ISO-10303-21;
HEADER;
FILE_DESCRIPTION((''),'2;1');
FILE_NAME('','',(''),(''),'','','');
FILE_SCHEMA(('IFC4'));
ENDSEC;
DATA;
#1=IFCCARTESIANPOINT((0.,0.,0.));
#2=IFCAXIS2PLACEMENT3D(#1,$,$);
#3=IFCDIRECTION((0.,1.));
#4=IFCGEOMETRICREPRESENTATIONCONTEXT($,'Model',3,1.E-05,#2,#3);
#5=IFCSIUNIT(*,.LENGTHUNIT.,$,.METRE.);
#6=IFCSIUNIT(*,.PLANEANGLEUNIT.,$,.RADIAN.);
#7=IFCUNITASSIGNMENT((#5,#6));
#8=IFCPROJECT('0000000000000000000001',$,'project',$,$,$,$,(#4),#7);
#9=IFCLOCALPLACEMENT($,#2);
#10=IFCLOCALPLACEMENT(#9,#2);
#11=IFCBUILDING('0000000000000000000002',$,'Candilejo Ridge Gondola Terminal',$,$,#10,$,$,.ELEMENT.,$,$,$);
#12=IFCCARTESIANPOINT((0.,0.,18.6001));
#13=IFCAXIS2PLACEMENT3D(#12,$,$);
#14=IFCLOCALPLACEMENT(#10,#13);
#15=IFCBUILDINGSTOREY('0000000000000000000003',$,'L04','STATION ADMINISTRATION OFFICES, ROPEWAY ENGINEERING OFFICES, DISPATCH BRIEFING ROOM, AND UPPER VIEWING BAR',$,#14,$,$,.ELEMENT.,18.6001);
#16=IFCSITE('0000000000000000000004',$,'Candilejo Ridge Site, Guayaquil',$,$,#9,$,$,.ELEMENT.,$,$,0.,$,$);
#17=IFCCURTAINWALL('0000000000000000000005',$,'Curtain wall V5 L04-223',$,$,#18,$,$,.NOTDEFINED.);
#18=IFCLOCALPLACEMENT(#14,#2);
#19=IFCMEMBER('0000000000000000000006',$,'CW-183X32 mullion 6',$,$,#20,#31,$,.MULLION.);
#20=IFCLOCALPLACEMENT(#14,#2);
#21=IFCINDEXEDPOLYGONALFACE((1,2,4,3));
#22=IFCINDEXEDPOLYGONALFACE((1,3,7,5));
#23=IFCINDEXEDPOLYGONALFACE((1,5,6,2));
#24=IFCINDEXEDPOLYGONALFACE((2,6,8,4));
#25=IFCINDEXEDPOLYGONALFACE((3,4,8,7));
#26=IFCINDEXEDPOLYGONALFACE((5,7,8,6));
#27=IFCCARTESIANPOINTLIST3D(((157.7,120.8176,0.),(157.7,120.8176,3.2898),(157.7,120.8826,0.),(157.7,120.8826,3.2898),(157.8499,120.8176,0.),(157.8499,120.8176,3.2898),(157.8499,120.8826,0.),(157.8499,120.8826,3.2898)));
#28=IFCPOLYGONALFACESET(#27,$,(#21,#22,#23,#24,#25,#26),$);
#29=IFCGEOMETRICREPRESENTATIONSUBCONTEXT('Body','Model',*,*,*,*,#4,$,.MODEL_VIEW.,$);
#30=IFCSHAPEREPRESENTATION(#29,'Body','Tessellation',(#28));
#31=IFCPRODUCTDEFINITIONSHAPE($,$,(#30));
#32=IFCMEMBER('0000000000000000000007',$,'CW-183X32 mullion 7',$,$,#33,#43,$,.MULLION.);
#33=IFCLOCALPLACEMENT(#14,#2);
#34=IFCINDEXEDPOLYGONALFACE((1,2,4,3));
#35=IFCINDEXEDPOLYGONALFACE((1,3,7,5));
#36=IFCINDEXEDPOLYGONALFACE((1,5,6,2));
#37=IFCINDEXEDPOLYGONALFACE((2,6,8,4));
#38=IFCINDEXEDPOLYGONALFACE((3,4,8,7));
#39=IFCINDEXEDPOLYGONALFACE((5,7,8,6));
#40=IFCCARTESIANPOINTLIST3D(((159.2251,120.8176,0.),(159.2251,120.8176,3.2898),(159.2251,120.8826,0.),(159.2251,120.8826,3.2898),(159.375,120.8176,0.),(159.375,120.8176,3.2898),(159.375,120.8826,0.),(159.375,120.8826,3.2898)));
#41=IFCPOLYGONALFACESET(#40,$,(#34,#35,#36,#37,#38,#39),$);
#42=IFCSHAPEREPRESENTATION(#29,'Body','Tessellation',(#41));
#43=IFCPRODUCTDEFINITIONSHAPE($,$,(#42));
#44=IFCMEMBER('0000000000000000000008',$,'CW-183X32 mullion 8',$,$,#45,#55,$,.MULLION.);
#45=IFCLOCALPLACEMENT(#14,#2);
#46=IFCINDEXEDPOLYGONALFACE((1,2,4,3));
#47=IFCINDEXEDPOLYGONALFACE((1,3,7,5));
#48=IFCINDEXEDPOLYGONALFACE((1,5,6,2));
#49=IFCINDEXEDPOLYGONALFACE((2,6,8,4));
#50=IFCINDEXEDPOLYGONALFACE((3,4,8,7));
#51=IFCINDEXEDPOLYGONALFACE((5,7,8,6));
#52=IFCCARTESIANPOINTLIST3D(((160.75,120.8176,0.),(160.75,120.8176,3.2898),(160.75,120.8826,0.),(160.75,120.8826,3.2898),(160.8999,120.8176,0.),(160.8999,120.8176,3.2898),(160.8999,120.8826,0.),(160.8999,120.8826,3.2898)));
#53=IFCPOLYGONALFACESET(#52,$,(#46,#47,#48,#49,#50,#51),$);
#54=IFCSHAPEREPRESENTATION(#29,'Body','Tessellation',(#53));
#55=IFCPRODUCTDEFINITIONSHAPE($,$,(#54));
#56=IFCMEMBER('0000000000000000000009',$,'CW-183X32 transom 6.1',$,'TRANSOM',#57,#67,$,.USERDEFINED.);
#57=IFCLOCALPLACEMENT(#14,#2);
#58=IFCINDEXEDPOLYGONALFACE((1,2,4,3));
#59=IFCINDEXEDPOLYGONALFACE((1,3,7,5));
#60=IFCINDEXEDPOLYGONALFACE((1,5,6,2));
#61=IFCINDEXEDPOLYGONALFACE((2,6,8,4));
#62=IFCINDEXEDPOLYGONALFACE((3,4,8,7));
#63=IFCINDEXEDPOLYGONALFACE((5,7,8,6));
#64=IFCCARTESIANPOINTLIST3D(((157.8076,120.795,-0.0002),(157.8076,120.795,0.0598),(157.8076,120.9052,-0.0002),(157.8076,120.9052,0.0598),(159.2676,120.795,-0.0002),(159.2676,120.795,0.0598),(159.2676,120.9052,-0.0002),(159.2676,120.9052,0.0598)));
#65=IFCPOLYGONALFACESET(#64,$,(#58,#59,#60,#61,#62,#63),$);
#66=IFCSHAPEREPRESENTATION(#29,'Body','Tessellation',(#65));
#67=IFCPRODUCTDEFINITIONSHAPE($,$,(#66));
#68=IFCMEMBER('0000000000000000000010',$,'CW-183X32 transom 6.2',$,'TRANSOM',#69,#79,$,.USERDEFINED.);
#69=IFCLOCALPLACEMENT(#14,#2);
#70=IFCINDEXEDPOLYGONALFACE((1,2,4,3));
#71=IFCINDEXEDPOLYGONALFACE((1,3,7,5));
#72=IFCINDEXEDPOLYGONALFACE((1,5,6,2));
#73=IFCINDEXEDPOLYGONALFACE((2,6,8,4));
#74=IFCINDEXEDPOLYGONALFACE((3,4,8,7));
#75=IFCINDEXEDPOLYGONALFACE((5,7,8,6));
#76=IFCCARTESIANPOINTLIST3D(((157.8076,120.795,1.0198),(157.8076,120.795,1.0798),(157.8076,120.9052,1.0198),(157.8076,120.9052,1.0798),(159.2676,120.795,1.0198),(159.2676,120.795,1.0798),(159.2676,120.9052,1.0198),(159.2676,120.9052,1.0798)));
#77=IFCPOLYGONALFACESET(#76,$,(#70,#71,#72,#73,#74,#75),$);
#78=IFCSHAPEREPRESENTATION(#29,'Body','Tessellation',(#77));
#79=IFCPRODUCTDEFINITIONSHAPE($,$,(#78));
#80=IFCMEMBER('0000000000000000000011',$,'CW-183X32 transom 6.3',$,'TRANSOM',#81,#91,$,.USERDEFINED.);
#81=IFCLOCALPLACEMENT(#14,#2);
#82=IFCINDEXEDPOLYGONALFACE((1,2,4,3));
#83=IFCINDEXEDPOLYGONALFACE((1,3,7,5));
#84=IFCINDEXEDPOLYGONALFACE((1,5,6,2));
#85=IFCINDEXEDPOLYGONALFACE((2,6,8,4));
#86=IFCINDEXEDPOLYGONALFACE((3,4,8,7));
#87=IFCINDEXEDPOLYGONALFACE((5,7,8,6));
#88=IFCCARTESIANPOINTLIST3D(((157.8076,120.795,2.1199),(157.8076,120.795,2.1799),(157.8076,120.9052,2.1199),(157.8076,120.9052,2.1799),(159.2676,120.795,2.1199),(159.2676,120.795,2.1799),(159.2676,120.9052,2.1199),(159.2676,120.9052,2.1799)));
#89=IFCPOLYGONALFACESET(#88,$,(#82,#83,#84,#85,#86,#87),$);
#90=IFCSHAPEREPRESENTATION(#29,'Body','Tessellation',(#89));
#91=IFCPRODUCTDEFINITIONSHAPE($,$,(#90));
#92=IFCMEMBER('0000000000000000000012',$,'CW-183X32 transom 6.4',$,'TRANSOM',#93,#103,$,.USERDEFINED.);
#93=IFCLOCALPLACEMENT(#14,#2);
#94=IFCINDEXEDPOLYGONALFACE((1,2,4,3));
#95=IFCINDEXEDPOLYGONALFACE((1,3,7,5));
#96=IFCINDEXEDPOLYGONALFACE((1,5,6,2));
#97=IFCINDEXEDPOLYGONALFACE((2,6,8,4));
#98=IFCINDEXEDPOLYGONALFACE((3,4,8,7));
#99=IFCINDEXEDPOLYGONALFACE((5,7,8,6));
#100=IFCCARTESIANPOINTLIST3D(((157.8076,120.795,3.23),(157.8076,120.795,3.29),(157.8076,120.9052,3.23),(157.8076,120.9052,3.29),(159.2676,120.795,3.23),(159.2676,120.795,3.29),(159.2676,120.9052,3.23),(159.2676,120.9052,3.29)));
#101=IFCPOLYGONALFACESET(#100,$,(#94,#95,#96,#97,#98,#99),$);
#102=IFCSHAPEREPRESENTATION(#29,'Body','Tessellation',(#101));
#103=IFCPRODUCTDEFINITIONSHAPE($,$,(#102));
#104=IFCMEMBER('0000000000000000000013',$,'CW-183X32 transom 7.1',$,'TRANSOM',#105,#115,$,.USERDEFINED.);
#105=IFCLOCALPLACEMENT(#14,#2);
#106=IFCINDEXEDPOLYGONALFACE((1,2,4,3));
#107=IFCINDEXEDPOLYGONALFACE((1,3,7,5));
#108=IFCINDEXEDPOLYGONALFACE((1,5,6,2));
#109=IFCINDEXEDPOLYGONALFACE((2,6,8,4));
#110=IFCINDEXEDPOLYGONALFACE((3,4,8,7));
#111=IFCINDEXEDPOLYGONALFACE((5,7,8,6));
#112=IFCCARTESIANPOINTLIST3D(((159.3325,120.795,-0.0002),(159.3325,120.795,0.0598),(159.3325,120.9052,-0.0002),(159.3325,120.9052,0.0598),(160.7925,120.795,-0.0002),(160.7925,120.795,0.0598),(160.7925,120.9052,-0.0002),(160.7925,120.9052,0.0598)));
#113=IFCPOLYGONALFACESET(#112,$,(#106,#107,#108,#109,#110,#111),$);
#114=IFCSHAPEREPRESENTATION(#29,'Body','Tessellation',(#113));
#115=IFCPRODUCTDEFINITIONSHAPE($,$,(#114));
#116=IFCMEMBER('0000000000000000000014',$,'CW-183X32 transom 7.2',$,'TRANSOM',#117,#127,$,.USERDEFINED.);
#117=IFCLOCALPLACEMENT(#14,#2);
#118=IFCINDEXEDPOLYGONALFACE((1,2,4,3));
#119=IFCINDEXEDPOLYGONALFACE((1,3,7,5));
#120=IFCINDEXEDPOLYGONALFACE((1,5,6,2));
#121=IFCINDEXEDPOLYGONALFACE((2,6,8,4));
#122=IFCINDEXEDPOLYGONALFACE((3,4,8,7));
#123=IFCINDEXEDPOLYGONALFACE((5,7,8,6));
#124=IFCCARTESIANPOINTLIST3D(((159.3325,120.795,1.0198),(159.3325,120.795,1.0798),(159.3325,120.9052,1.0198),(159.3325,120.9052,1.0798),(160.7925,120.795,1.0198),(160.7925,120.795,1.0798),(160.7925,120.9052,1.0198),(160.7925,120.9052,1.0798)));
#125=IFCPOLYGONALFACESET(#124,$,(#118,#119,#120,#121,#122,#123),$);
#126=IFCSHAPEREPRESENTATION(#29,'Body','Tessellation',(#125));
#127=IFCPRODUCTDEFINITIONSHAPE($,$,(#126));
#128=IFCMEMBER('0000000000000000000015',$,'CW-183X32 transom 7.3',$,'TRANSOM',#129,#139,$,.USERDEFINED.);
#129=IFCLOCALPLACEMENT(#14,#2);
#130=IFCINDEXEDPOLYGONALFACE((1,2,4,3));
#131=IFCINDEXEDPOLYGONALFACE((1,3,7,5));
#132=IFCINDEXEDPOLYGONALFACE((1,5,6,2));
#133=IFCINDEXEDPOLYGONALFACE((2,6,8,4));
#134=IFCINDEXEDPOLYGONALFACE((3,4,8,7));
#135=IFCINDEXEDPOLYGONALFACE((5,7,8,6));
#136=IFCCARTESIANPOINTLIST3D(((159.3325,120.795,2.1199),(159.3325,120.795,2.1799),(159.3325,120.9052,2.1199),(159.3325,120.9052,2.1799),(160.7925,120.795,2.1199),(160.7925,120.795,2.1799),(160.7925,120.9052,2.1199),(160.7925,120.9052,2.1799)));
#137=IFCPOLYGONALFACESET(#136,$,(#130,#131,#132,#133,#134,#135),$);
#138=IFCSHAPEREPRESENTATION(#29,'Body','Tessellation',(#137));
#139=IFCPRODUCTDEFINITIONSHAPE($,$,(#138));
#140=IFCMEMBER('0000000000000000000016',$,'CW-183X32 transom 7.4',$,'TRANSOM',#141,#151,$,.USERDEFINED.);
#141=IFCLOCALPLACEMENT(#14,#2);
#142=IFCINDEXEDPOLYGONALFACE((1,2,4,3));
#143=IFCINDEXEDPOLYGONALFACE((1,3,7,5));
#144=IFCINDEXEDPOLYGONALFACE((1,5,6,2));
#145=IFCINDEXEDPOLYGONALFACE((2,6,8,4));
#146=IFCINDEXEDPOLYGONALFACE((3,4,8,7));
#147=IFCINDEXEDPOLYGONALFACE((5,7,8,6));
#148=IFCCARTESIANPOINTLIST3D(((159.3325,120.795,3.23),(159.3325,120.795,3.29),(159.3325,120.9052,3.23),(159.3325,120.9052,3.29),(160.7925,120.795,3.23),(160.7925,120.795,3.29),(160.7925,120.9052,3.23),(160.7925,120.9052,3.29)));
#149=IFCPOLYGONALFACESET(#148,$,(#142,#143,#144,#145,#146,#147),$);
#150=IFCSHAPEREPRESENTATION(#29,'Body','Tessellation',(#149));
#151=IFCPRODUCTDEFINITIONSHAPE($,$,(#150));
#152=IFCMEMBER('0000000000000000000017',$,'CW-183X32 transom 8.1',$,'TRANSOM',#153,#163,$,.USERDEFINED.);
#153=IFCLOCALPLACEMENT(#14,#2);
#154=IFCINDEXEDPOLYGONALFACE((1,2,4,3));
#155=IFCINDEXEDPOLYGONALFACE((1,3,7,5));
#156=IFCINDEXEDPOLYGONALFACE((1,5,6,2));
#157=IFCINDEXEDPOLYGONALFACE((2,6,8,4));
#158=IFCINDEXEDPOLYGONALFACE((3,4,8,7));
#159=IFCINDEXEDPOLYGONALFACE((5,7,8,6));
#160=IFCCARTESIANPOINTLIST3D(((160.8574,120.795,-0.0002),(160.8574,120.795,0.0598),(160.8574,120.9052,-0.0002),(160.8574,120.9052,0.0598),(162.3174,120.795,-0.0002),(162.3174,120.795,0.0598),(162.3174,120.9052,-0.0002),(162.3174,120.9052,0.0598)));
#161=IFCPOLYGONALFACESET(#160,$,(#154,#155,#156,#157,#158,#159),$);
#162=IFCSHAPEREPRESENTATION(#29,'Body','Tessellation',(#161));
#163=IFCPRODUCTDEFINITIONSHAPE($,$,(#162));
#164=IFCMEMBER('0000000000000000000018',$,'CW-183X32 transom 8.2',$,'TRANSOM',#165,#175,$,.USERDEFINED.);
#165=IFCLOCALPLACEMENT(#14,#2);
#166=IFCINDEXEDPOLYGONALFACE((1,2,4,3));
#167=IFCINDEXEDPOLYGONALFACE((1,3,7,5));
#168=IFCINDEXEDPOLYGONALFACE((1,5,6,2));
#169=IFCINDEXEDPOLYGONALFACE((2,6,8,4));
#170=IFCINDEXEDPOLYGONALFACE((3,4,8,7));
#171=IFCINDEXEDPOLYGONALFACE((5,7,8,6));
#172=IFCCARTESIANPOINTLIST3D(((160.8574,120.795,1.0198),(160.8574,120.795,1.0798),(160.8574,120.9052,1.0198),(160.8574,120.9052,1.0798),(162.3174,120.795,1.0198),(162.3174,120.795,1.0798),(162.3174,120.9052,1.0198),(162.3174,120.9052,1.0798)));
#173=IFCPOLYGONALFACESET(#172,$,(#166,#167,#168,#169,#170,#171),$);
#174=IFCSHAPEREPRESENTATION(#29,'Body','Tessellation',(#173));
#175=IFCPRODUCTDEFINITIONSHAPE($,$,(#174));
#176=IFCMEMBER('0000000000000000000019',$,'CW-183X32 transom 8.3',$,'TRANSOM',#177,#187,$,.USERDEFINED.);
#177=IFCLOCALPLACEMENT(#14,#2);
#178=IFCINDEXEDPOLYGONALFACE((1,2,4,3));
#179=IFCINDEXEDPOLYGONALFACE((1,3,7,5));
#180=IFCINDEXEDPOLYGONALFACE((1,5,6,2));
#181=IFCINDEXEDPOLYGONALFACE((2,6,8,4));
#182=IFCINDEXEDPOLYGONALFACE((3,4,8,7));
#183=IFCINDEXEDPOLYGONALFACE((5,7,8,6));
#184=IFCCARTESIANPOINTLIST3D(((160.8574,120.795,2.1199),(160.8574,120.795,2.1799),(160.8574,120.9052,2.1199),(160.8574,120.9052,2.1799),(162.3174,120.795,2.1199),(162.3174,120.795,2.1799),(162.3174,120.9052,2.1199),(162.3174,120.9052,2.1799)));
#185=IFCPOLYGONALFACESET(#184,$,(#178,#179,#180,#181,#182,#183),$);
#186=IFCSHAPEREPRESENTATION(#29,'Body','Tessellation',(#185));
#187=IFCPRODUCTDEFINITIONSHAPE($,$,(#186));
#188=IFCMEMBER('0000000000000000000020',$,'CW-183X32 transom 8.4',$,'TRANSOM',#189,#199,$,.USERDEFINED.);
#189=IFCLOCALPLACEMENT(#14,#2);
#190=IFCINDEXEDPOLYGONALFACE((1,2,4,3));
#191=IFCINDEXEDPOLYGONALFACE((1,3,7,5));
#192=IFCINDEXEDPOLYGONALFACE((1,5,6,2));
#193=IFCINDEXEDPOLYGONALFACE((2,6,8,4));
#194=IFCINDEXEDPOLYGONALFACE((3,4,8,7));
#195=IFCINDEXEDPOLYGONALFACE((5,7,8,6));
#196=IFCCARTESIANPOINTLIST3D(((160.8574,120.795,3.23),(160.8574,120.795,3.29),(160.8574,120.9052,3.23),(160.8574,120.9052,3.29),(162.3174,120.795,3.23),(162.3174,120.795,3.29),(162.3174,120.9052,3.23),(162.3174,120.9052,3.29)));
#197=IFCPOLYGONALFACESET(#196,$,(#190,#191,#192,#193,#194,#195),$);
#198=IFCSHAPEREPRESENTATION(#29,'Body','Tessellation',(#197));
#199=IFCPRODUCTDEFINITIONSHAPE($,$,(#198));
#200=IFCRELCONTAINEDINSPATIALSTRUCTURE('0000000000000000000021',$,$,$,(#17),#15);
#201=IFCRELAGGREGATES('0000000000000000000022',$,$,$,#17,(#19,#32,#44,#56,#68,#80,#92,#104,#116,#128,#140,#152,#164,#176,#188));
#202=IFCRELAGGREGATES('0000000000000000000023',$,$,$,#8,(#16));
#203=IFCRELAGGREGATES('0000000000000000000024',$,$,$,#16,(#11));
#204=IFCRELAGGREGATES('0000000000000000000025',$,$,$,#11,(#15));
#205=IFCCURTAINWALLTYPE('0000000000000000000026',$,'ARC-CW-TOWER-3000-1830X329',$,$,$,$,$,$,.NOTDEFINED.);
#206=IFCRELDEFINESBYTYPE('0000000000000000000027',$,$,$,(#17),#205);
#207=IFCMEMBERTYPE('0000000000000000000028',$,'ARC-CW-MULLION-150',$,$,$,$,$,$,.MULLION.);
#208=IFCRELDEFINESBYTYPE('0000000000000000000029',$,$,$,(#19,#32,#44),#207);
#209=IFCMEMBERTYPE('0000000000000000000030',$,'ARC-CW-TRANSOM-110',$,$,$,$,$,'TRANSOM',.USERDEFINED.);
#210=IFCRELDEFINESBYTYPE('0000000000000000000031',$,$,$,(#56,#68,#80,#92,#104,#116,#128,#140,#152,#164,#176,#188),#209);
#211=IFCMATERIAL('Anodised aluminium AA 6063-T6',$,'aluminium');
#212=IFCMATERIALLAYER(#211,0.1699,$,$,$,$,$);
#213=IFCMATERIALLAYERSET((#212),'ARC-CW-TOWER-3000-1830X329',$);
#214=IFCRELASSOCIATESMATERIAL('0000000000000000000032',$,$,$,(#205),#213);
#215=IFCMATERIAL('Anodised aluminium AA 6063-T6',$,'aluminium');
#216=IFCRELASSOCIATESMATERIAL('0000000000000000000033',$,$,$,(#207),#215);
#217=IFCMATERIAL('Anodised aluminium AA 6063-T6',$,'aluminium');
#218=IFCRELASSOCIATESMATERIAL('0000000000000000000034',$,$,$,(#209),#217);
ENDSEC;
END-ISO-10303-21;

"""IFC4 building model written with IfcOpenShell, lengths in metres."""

from ifc_helpers import new_model, si_unit, direction, frame, origin, origin_2d, place, context, subcontext, project, spatial, rectangle, extrude, material, layer, layer_set, material_profile, profile_set, type_object, element, aggregate, save


model = new_model("IFC4")

# Units and contexts
model_context = context("Model", 3, precision=1e-05, world=origin(), true_north=direction((0.0, 1.0)))
body_context = subcontext(model_context, "Body", "Model", "MODEL_VIEW")
ifc_project = project(units=[si_unit("LENGTHUNIT", "METRE"), si_unit("PLANEANGLEUNIT", "RADIAN")], contexts=[model_context])

# Site, building, storey
site_placement = place(None, origin())
site = spatial("IfcSite", under=ifc_project, at=site_placement, Name="Candilejo Ridge Site, Guayaquil", CompositionType="ELEMENT", RefElevation=0.0)
building_placement = place(site_placement, origin())
building = spatial("IfcBuilding", under=site, at=building_placement, Name="Candilejo Ridge Gondola Terminal", CompositionType="ELEMENT")
storey_placement = place(building_placement, frame((0.0, 0.0, 18.6001)))
storey = spatial("IfcBuildingStorey", under=building, at=storey_placement, Name="L04", Description="STATION ADMINISTRATION OFFICES, ROPEWAY ENGINEERING OFFICES, DISPATCH BRIEFING ROOM, AND UPPER VIEWING BAR", CompositionType="ELEMENT", Elevation=18.6001)

# Curtain wall, members
ifc_material_1 = material(Name="Anodised aluminium AA 6063-T6", Category="aluminium")
ifc_layer_1 = layer(ifc_material_1, 0.1699)
ifc_layer_set_1 = layer_set([ifc_layer_1], Name="ARC-CW-TOWER-3000-1830X329")
curtain_wall_type = type_object("IfcCurtainWallType", Name="ARC-CW-TOWER-3000-1830X329", PredefinedType="NOTDEFINED", material=ifc_layer_set_1)
curtain_wall_placement = place(storey_placement, origin())
curtain_wall = element("IfcCurtainWall", 1, at=curtain_wall_placement, inside=storey, type_object=curtain_wall_type, Name="Curtain wall V5 L04-223", PredefinedType="NOTDEFINED")
ifc_material_2 = material(Name="Anodised aluminium AA 6063-T6", Category="aluminium")
ifc_material_profile_1 = material_profile(ifc_material_2, rectangle(XDim=0.0649, YDim=0.1499, at=origin_2d()))
ifc_profile_set_1 = profile_set([ifc_material_profile_1], Name="Anodised aluminium AA 6063-T6")
member_type_1 = type_object("IfcMemberType", Name="ARC-CW-MULLION-150", PredefinedType="MULLION", material=ifc_profile_set_1)
member_1_placement = place(storey_placement, frame((157.7749, 120.8501, 0.0), z_axis=(0.0, 0.0, 1.0), x_axis=(0.0, 1.0, 0.0)))
member_1 = element("IfcMember", 2, at=member_1_placement, type_object=member_type_1, Name="CW-183X32 mullion 6", PredefinedType="MULLION", context=body_context, shape_type="SweptSolid", body=[
    extrude(rectangle(XDim=0.0649, YDim=0.1499, at=origin_2d()), origin(), (0.0, 0.0, 1.0), 3.2898),
])
member_2_placement = place(storey_placement, frame((159.3, 120.8501, 0.0), z_axis=(0.0, 0.0, 1.0), x_axis=(0.0, 1.0, 0.0)))
member_2 = element("IfcMember", 3, at=member_2_placement, type_object=member_type_1, Name="CW-183X32 mullion 7", PredefinedType="MULLION", context=body_context, shape_type="SweptSolid", body=[
    extrude(rectangle(XDim=0.0649, YDim=0.1499, at=origin_2d()), origin(), (0.0, 0.0, 1.0), 3.2898),
])
member_3_placement = place(storey_placement, frame((160.825, 120.8501, 0.0), z_axis=(0.0, 0.0, 1.0), x_axis=(0.0, 1.0, 0.0)))
member_3 = element("IfcMember", 4, at=member_3_placement, type_object=member_type_1, Name="CW-183X32 mullion 8", PredefinedType="MULLION", context=body_context, shape_type="SweptSolid", body=[
    extrude(rectangle(XDim=0.0649, YDim=0.1499, at=origin_2d()), origin(), (0.0, 0.0, 1.0), 3.2898),
])
ifc_material_3 = material(Name="Anodised aluminium AA 6063-T6", Category="aluminium")
ifc_material_profile_2 = material_profile(ifc_material_3, rectangle(XDim=0.1101, YDim=0.0601, at=origin_2d()))
ifc_profile_set_2 = profile_set([ifc_material_profile_2], Name="Anodised aluminium AA 6063-T6")
member_type_2 = type_object("IfcMemberType", Name="ARC-CW-TRANSOM-110", ElementType="TRANSOM", PredefinedType="USERDEFINED", material=ifc_profile_set_2)
member_4_placement = place(storey_placement, frame((157.8076, 120.8501, 0.0298), z_axis=(1.0, 0.0, 0.0), x_axis=(0.0, 1.0, 0.0)))
member_4 = element("IfcMember", 5, at=member_4_placement, type_object=member_type_2, Name="CW-183X32 transom 6.1", ObjectType="TRANSOM", PredefinedType="USERDEFINED", context=body_context, shape_type="SweptSolid", body=[
    extrude(rectangle(XDim=0.1101, YDim=0.0601, at=origin_2d()), origin(), (0.0, 0.0, 1.0), 1.46),
])
member_5_placement = place(storey_placement, frame((157.8076, 120.8501, 1.0498), z_axis=(1.0, 0.0, 0.0), x_axis=(0.0, 1.0, 0.0)))
member_5 = element("IfcMember", 6, at=member_5_placement, type_object=member_type_2, Name="CW-183X32 transom 6.2", ObjectType="TRANSOM", PredefinedType="USERDEFINED", context=body_context, shape_type="SweptSolid", body=[
    extrude(rectangle(XDim=0.1101, YDim=0.0601, at=origin_2d()), origin(), (0.0, 0.0, 1.0), 1.46),
])
member_6_placement = place(storey_placement, frame((157.8076, 120.8501, 2.1499), z_axis=(1.0, 0.0, 0.0), x_axis=(0.0, 1.0, 0.0)))
member_6 = element("IfcMember", 7, at=member_6_placement, type_object=member_type_2, Name="CW-183X32 transom 6.3", ObjectType="TRANSOM", PredefinedType="USERDEFINED", context=body_context, shape_type="SweptSolid", body=[
    extrude(rectangle(XDim=0.1101, YDim=0.0601, at=origin_2d()), origin(), (0.0, 0.0, 1.0), 1.46),
])
member_7_placement = place(storey_placement, frame((157.8076, 120.8501, 3.26), z_axis=(1.0, 0.0, 0.0), x_axis=(0.0, 1.0, 0.0)))
member_7 = element("IfcMember", 8, at=member_7_placement, type_object=member_type_2, Name="CW-183X32 transom 6.4", ObjectType="TRANSOM", PredefinedType="USERDEFINED", context=body_context, shape_type="SweptSolid", body=[
    extrude(rectangle(XDim=0.1101, YDim=0.0601, at=origin_2d()), origin(), (0.0, 0.0, 1.0), 1.46),
])
member_8_placement = place(storey_placement, frame((159.3325, 120.8501, 0.0298), z_axis=(1.0, 0.0, 0.0), x_axis=(0.0, 1.0, 0.0)))
member_8 = element("IfcMember", 9, at=member_8_placement, type_object=member_type_2, Name="CW-183X32 transom 7.1", ObjectType="TRANSOM", PredefinedType="USERDEFINED", context=body_context, shape_type="SweptSolid", body=[
    extrude(rectangle(XDim=0.1101, YDim=0.0601, at=origin_2d()), origin(), (0.0, 0.0, 1.0), 1.46),
])
member_9_placement = place(storey_placement, frame((159.3325, 120.8501, 1.0498), z_axis=(1.0, 0.0, 0.0), x_axis=(0.0, 1.0, 0.0)))
member_9 = element("IfcMember", 10, at=member_9_placement, type_object=member_type_2, Name="CW-183X32 transom 7.2", ObjectType="TRANSOM", PredefinedType="USERDEFINED", context=body_context, shape_type="SweptSolid", body=[
    extrude(rectangle(XDim=0.1101, YDim=0.0601, at=origin_2d()), origin(), (0.0, 0.0, 1.0), 1.46),
])
member_10_placement = place(storey_placement, frame((159.3325, 120.8501, 2.1499), z_axis=(1.0, 0.0, 0.0), x_axis=(0.0, 1.0, 0.0)))
member_10 = element("IfcMember", 11, at=member_10_placement, type_object=member_type_2, Name="CW-183X32 transom 7.3", ObjectType="TRANSOM", PredefinedType="USERDEFINED", context=body_context, shape_type="SweptSolid", body=[
    extrude(rectangle(XDim=0.1101, YDim=0.0601, at=origin_2d()), origin(), (0.0, 0.0, 1.0), 1.46),
])
member_11_placement = place(storey_placement, frame((159.3325, 120.8501, 3.26), z_axis=(1.0, 0.0, 0.0), x_axis=(0.0, 1.0, 0.0)))
member_11 = element("IfcMember", 12, at=member_11_placement, type_object=member_type_2, Name="CW-183X32 transom 7.4", ObjectType="TRANSOM", PredefinedType="USERDEFINED", context=body_context, shape_type="SweptSolid", body=[
    extrude(rectangle(XDim=0.1101, YDim=0.0601, at=origin_2d()), origin(), (0.0, 0.0, 1.0), 1.46),
])
member_12_placement = place(storey_placement, frame((160.8574, 120.8501, 0.0298), z_axis=(1.0, 0.0, 0.0), x_axis=(0.0, 1.0, 0.0)))
member_12 = element("IfcMember", 13, at=member_12_placement, type_object=member_type_2, Name="CW-183X32 transom 8.1", ObjectType="TRANSOM", PredefinedType="USERDEFINED", context=body_context, shape_type="SweptSolid", body=[
    extrude(rectangle(XDim=0.1101, YDim=0.0601, at=origin_2d()), origin(), (0.0, 0.0, 1.0), 1.46),
])
member_13_placement = place(storey_placement, frame((160.8574, 120.8501, 1.0498), z_axis=(1.0, 0.0, 0.0), x_axis=(0.0, 1.0, 0.0)))
member_13 = element("IfcMember", 14, at=member_13_placement, type_object=member_type_2, Name="CW-183X32 transom 8.2", ObjectType="TRANSOM", PredefinedType="USERDEFINED", context=body_context, shape_type="SweptSolid", body=[
    extrude(rectangle(XDim=0.1101, YDim=0.0601, at=origin_2d()), origin(), (0.0, 0.0, 1.0), 1.46),
])
member_14_placement = place(storey_placement, frame((160.8574, 120.8501, 2.1499), z_axis=(1.0, 0.0, 0.0), x_axis=(0.0, 1.0, 0.0)))
member_14 = element("IfcMember", 15, at=member_14_placement, type_object=member_type_2, Name="CW-183X32 transom 8.3", ObjectType="TRANSOM", PredefinedType="USERDEFINED", context=body_context, shape_type="SweptSolid", body=[
    extrude(rectangle(XDim=0.1101, YDim=0.0601, at=origin_2d()), origin(), (0.0, 0.0, 1.0), 1.46),
])
member_15_placement = place(storey_placement, frame((160.8574, 120.8501, 3.26), z_axis=(1.0, 0.0, 0.0), x_axis=(0.0, 1.0, 0.0)))
member_15 = element("IfcMember", 16, at=member_15_placement, type_object=member_type_2, Name="CW-183X32 transom 8.4", ObjectType="TRANSOM", PredefinedType="USERDEFINED", context=body_context, shape_type="SweptSolid", body=[
    extrude(rectangle(XDim=0.1101, YDim=0.0601, at=origin_2d()), origin(), (0.0, 0.0, 1.0), 1.46),
])
aggregate(curtain_wall, [member_1, member_2, member_3, member_4, member_5, member_6, member_7, member_8, member_9, member_10, member_11, member_12, member_13, member_14, member_15])

save(model, "model.ifc")
